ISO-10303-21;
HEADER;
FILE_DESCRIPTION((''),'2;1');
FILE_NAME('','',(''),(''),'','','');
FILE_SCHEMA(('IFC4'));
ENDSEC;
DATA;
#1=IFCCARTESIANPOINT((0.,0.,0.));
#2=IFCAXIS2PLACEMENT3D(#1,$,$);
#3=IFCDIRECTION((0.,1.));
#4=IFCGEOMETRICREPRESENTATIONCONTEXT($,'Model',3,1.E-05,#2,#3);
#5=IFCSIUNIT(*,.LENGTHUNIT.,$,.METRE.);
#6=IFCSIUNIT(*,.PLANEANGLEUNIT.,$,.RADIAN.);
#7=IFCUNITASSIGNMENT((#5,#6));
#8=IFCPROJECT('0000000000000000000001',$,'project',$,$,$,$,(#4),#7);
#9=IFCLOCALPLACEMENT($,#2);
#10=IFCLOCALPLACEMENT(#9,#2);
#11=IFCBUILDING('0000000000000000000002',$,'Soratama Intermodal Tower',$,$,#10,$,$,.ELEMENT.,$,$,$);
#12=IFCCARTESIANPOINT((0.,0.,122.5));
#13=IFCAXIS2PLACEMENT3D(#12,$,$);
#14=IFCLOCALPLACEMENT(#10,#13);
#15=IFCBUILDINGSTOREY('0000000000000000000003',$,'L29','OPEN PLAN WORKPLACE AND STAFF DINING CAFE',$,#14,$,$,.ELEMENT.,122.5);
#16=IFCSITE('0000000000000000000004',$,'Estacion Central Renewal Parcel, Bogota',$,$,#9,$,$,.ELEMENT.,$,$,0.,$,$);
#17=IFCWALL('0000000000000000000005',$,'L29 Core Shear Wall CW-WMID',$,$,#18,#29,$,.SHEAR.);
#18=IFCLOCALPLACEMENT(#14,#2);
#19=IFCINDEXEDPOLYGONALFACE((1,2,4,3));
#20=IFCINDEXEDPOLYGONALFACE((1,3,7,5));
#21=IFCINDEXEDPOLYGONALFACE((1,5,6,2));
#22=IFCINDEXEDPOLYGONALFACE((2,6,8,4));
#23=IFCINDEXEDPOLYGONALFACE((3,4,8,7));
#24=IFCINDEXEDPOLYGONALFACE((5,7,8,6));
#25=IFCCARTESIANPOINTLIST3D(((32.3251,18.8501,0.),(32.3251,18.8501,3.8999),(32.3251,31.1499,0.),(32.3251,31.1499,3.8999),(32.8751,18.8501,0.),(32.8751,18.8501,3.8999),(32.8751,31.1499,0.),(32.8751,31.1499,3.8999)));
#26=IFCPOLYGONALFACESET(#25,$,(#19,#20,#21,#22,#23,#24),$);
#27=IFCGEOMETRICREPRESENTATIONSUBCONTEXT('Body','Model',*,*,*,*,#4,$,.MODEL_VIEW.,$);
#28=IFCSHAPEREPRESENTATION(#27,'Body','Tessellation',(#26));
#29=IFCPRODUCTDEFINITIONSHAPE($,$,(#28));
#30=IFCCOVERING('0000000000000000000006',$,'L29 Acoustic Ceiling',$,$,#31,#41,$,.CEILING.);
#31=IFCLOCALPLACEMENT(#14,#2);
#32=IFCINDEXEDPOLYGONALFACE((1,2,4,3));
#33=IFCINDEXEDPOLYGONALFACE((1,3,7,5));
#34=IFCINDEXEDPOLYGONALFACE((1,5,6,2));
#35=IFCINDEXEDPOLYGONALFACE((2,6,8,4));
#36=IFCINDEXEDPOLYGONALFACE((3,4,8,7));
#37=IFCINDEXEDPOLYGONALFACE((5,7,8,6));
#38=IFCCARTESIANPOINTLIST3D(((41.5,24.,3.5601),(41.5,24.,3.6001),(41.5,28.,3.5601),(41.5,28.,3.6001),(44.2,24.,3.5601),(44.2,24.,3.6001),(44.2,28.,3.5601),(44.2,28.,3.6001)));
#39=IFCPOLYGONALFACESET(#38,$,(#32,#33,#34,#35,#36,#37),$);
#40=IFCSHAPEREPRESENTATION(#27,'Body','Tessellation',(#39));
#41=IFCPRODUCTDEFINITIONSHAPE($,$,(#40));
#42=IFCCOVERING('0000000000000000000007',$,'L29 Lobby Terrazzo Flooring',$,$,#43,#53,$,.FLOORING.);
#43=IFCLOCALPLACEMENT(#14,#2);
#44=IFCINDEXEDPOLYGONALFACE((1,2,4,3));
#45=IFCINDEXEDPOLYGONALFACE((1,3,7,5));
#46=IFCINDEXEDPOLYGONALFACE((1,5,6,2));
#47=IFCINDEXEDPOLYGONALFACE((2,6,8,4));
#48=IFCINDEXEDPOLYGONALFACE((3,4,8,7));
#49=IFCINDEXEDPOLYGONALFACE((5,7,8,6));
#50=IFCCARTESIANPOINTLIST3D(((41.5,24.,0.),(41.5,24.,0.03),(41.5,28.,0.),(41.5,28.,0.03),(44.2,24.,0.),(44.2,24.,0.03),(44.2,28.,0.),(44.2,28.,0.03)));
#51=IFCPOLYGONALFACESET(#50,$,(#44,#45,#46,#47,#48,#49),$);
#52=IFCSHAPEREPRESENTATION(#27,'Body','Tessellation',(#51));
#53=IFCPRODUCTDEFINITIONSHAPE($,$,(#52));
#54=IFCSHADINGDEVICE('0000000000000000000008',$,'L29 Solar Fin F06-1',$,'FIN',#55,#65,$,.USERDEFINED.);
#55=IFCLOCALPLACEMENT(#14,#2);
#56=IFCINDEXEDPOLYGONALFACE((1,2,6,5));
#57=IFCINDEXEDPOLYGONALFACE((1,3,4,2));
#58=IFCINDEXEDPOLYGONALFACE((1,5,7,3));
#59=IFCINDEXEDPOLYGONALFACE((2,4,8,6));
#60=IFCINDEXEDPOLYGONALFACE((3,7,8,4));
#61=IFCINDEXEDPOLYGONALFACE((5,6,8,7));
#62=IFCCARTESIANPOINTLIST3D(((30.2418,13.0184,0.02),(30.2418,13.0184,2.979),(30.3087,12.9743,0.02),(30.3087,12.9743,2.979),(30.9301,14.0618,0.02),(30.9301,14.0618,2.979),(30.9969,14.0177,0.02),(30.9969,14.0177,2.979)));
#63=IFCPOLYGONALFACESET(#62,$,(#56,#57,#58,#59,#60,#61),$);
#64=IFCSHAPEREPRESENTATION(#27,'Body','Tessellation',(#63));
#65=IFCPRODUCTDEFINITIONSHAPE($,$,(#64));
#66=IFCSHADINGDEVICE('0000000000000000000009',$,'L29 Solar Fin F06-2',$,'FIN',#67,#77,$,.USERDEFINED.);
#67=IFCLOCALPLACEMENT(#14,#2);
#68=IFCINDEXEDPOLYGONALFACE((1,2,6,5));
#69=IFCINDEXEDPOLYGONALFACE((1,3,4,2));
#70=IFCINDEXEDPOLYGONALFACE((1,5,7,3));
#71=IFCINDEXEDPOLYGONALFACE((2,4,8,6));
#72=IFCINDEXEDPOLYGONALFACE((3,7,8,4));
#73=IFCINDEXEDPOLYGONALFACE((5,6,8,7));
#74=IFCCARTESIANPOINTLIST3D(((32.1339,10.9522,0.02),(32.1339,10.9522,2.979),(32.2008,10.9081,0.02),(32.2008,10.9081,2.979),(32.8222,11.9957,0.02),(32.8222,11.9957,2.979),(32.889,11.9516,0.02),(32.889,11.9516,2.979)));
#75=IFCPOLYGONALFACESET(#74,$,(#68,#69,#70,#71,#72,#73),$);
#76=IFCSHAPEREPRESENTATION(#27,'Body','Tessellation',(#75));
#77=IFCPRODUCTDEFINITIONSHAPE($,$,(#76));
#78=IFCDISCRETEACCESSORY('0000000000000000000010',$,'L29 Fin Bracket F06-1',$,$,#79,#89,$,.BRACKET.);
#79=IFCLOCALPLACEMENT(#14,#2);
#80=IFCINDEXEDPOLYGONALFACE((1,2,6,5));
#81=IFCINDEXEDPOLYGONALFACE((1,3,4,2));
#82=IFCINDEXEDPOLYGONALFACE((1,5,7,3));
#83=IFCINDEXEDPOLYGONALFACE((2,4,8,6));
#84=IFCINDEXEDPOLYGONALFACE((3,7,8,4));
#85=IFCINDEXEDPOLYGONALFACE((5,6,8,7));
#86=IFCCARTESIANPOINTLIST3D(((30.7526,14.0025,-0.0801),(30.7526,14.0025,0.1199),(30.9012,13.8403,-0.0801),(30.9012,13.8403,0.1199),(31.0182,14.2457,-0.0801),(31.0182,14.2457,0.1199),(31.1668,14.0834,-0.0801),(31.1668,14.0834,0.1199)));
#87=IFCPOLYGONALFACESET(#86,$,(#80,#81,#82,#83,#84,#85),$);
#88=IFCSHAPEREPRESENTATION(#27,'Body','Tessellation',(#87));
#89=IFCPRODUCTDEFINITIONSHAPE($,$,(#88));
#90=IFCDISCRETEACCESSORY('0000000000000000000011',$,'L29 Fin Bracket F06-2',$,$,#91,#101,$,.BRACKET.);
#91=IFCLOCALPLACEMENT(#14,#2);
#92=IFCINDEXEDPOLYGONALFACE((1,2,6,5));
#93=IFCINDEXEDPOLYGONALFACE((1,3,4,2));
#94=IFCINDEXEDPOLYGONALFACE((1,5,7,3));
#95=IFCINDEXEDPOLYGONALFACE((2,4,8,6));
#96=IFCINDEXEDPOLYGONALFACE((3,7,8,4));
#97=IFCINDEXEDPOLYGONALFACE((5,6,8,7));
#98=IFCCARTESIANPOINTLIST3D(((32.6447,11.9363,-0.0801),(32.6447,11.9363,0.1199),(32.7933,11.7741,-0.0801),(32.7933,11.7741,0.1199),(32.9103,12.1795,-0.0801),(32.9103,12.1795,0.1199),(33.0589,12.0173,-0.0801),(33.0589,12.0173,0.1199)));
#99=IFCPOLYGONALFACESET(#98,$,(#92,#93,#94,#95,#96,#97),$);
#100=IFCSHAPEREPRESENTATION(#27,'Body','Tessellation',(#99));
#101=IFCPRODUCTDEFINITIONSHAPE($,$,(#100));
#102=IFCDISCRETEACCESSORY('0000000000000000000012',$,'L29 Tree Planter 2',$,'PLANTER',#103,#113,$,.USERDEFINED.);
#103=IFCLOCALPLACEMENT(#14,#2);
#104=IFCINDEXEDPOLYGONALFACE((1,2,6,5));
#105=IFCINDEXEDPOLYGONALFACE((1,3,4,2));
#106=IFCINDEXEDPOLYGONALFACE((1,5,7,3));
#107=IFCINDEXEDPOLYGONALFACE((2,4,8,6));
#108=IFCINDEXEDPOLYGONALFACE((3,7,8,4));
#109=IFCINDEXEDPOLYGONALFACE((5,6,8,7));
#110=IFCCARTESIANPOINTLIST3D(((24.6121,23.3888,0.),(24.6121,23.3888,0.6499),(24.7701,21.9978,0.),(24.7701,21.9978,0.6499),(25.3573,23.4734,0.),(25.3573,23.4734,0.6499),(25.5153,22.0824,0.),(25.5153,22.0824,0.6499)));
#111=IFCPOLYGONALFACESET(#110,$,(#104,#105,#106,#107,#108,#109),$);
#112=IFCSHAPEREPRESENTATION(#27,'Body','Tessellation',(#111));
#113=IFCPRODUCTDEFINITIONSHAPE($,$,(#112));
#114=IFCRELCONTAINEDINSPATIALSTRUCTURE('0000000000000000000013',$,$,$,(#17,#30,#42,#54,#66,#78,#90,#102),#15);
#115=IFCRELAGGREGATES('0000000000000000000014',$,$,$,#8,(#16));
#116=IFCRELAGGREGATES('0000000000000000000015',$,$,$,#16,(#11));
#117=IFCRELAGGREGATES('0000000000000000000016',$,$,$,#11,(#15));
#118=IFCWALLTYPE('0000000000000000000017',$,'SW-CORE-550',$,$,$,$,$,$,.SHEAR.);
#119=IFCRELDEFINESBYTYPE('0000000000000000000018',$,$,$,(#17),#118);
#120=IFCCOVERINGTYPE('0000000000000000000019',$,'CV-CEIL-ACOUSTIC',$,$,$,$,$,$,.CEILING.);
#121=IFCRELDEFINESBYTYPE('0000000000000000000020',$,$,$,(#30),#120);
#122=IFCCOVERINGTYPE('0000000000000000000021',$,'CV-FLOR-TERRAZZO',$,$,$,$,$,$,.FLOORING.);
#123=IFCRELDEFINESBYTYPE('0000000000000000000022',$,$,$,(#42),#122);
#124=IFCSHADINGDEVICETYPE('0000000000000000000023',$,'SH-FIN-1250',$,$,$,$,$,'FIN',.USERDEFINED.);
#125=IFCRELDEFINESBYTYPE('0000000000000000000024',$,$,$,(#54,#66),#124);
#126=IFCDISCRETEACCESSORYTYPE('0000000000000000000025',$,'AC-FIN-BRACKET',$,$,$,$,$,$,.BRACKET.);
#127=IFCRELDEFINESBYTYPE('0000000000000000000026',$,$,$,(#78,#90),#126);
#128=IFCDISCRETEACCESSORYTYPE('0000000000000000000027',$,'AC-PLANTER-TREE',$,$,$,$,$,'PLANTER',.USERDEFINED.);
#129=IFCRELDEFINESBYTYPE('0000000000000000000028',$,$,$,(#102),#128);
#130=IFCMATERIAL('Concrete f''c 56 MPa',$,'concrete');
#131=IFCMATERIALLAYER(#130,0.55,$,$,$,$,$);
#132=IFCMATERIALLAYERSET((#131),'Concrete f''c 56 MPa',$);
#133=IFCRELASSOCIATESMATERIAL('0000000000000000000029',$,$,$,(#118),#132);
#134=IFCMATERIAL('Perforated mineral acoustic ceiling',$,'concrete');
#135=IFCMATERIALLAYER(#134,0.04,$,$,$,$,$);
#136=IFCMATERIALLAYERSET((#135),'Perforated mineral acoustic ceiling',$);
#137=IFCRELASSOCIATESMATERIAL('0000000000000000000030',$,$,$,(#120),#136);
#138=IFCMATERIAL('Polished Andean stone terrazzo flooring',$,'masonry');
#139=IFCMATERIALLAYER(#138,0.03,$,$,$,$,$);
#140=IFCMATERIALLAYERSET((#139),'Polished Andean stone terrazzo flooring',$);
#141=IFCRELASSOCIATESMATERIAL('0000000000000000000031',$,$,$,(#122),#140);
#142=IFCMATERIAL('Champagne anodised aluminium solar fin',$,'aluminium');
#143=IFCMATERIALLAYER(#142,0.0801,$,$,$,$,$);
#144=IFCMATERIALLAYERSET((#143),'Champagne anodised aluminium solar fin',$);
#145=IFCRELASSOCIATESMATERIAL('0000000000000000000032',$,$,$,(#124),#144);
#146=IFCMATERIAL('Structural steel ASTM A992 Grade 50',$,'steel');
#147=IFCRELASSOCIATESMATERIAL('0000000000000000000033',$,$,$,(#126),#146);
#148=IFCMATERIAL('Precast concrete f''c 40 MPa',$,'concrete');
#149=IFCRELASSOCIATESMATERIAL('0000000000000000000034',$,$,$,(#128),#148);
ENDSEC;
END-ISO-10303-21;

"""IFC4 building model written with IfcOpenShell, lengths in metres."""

from ifc_helpers import new_model, si_unit, direction, frame, frame_2d, origin, origin_2d, place, context, subcontext, project, spatial, polyline, rectangle, outline, extrude, material, layer, layer_set, type_object, element, save


model = new_model("IFC4")

# Units and contexts
model_context = context("Model", 3, precision=1e-05, world=origin(), true_north=direction((0.0, 1.0)))
body_context = subcontext(model_context, "Body", "Model", "MODEL_VIEW")
ifc_project = project(units=[si_unit("LENGTHUNIT", "METRE"), si_unit("PLANEANGLEUNIT", "RADIAN")], contexts=[model_context])

# Site, building, storey
site_placement = place(None, origin())
site = spatial("IfcSite", under=ifc_project, at=site_placement, Name="Estacion Central Renewal Parcel, Bogota", CompositionType="ELEMENT", RefElevation=0.0)
building_placement = place(site_placement, origin())
building = spatial("IfcBuilding", under=site, at=building_placement, Name="Soratama Intermodal Tower", CompositionType="ELEMENT")
storey_placement = place(building_placement, frame((0.0, 0.0, 122.5)))
storey = spatial("IfcBuildingStorey", under=building, at=storey_placement, Name="L29", Description="OPEN PLAN WORKPLACE AND STAFF DINING CAFE", CompositionType="ELEMENT", Elevation=122.5)

# Wall
ifc_material_1 = material(Name="Concrete f'c 56 MPa", Category="concrete")
ifc_layer_1 = layer(ifc_material_1, 0.55)
ifc_layer_set_1 = layer_set([ifc_layer_1], Name="Concrete f'c 56 MPa")
wall_type_1 = type_object("IfcWallType", Name="SW-CORE-550", PredefinedType="SHEAR", material=ifc_layer_set_1)
wall_1_placement = place(storey_placement, frame((32.6001, 18.8501, 0.0), z_axis=(0.0, 0.0, 1.0), x_axis=(0.0, 1.0, 0.0)))
element("IfcWall", 1, at=wall_1_placement, inside=storey, type_object=wall_type_1, Name="L29 Core Shear Wall CW-WMID", PredefinedType="SHEAR", context=body_context, shape_type="SweptSolid", body=[
    extrude(rectangle(XDim=12.2998, YDim=0.55, at=frame_2d((6.1499, 0.0))), origin(), (0.0, 0.0, 1.0), 3.8999),
])

# Coverings
ifc_material_2 = material(Name="Perforated mineral acoustic ceiling", Category="concrete")
ifc_layer_2 = layer(ifc_material_2, 0.04)
ifc_layer_set_2 = layer_set([ifc_layer_2], Name="Perforated mineral acoustic ceiling")
covering_type_1 = type_object("IfcCoveringType", Name="CV-CEIL-ACOUSTIC", PredefinedType="CEILING", material=ifc_layer_set_2)
covering_1_placement = place(storey_placement, frame((0.0, 0.0, 3.5601)))
element("IfcCovering", 2, at=covering_1_placement, inside=storey, type_object=covering_type_1, Name="L29 Acoustic Ceiling", PredefinedType="CEILING", context=body_context, shape_type="SweptSolid", body=[
    extrude(outline(polyline([(41.5, 24.0), (44.2, 24.0), (44.2, 28.0), (41.5, 28.0), (41.5, 24.0)])), origin(), (0.0, 0.0, 1.0), 0.04),
])
ifc_material_3 = material(Name="Polished Andean stone terrazzo flooring", Category="masonry")
ifc_layer_3 = layer(ifc_material_3, 0.03)
ifc_layer_set_3 = layer_set([ifc_layer_3], Name="Polished Andean stone terrazzo flooring")
covering_type_2 = type_object("IfcCoveringType", Name="CV-FLOR-TERRAZZO", PredefinedType="FLOORING", material=ifc_layer_set_3)
covering_2_placement = place(storey_placement, origin())
element("IfcCovering", 3, at=covering_2_placement, inside=storey, type_object=covering_type_2, Name="L29 Lobby Terrazzo Flooring", PredefinedType="FLOORING", context=body_context, shape_type="SweptSolid", body=[
    extrude(outline(polyline([(41.5, 24.0), (44.2, 24.0), (44.2, 28.0), (41.5, 28.0), (41.5, 24.0)])), origin(), (0.0, 0.0, 1.0), 0.03),
])

# Shading devices
ifc_material_4 = material(Name="Champagne anodised aluminium solar fin", Category="aluminium")
ifc_layer_4 = layer(ifc_material_4, 0.0801)
ifc_layer_set_4 = layer_set([ifc_layer_4], Name="Champagne anodised aluminium solar fin")
shading_device_type = type_object("IfcShadingDeviceType", Name="SH-FIN-1250", ElementType="FIN", PredefinedType="USERDEFINED", material=ifc_layer_set_4)
for number, where, z_axis, x_axis, name in (
    (4, (30.6194, 13.5181, 0.02), (0.0, 0.0, 1.0), (-0.550626, -0.834752, 0.0), "L29 Solar Fin F06-1"),
    (5, (32.5115, 11.4519, 0.02), (0.0, 0.0, 1.0), (-0.550626, -0.834752, 0.0), "L29 Solar Fin F06-2"),
):
    element("IfcShadingDevice", number, at=place(storey_placement, frame(where, z_axis=z_axis, x_axis=x_axis)), inside=storey, type_object=shading_device_type, Name=name, ObjectType="FIN", PredefinedType="USERDEFINED", context=body_context, shape_type="SweptSolid", body=[
        extrude(rectangle(XDim=1.25, YDim=0.0801, at=origin_2d()), origin(), (0.0, 0.0, 1.0), 2.959),
    ])

# Discrete accessories
ifc_material_5 = material(Name="Structural steel ASTM A992 Grade 50", Category="steel")
discrete_accessory_type_1 = type_object("IfcDiscreteAccessoryType", Name="AC-FIN-BRACKET", PredefinedType="BRACKET", material=ifc_material_5)
for number, where, z_axis, x_axis, name in (
    (6, (30.9597, 14.043, -0.0801), (0.0, 0.0, 1.0), (-0.737513, -0.675333, 0.0), "L29 Fin Bracket F06-1"),
    (7, (32.8518, 11.9768, -0.0801), (0.0, 0.0, 1.0), (-0.737513, -0.675333, 0.0), "L29 Fin Bracket F06-2"),
):
    element("IfcDiscreteAccessory", number, at=place(storey_placement, frame(where, z_axis=z_axis, x_axis=x_axis)), inside=storey, type_object=discrete_accessory_type_1, Name=name, PredefinedType="BRACKET", context=body_context, shape_type="SweptSolid", body=[
        extrude(rectangle(XDim=0.3601, YDim=0.22, at=origin_2d()), origin(), (0.0, 0.0, 1.0), 0.2),
    ])
ifc_material_6 = material(Name="Precast concrete f'c 40 MPa", Category="concrete")
discrete_accessory_type_2 = type_object("IfcDiscreteAccessoryType", Name="AC-PLANTER-TREE", ElementType="PLANTER", PredefinedType="USERDEFINED", material=ifc_material_6)
discrete_accessory_placement = place(storey_placement, frame((25.0637, 22.7356, 0.0), z_axis=(0.0, 0.0, 1.0), x_axis=(-0.993611, -0.112856, 0.0)))
element("IfcDiscreteAccessory", 8, at=discrete_accessory_placement, inside=storey, type_object=discrete_accessory_type_2, Name="L29 Tree Planter 2", ObjectType="PLANTER", PredefinedType="USERDEFINED", context=body_context, shape_type="SweptSolid", body=[
    extrude(rectangle(XDim=0.75, YDim=1.3999, at=origin_2d()), origin(), (0.0, 0.0, 1.0), 0.6499),
])

save(model, "model.ifc")
